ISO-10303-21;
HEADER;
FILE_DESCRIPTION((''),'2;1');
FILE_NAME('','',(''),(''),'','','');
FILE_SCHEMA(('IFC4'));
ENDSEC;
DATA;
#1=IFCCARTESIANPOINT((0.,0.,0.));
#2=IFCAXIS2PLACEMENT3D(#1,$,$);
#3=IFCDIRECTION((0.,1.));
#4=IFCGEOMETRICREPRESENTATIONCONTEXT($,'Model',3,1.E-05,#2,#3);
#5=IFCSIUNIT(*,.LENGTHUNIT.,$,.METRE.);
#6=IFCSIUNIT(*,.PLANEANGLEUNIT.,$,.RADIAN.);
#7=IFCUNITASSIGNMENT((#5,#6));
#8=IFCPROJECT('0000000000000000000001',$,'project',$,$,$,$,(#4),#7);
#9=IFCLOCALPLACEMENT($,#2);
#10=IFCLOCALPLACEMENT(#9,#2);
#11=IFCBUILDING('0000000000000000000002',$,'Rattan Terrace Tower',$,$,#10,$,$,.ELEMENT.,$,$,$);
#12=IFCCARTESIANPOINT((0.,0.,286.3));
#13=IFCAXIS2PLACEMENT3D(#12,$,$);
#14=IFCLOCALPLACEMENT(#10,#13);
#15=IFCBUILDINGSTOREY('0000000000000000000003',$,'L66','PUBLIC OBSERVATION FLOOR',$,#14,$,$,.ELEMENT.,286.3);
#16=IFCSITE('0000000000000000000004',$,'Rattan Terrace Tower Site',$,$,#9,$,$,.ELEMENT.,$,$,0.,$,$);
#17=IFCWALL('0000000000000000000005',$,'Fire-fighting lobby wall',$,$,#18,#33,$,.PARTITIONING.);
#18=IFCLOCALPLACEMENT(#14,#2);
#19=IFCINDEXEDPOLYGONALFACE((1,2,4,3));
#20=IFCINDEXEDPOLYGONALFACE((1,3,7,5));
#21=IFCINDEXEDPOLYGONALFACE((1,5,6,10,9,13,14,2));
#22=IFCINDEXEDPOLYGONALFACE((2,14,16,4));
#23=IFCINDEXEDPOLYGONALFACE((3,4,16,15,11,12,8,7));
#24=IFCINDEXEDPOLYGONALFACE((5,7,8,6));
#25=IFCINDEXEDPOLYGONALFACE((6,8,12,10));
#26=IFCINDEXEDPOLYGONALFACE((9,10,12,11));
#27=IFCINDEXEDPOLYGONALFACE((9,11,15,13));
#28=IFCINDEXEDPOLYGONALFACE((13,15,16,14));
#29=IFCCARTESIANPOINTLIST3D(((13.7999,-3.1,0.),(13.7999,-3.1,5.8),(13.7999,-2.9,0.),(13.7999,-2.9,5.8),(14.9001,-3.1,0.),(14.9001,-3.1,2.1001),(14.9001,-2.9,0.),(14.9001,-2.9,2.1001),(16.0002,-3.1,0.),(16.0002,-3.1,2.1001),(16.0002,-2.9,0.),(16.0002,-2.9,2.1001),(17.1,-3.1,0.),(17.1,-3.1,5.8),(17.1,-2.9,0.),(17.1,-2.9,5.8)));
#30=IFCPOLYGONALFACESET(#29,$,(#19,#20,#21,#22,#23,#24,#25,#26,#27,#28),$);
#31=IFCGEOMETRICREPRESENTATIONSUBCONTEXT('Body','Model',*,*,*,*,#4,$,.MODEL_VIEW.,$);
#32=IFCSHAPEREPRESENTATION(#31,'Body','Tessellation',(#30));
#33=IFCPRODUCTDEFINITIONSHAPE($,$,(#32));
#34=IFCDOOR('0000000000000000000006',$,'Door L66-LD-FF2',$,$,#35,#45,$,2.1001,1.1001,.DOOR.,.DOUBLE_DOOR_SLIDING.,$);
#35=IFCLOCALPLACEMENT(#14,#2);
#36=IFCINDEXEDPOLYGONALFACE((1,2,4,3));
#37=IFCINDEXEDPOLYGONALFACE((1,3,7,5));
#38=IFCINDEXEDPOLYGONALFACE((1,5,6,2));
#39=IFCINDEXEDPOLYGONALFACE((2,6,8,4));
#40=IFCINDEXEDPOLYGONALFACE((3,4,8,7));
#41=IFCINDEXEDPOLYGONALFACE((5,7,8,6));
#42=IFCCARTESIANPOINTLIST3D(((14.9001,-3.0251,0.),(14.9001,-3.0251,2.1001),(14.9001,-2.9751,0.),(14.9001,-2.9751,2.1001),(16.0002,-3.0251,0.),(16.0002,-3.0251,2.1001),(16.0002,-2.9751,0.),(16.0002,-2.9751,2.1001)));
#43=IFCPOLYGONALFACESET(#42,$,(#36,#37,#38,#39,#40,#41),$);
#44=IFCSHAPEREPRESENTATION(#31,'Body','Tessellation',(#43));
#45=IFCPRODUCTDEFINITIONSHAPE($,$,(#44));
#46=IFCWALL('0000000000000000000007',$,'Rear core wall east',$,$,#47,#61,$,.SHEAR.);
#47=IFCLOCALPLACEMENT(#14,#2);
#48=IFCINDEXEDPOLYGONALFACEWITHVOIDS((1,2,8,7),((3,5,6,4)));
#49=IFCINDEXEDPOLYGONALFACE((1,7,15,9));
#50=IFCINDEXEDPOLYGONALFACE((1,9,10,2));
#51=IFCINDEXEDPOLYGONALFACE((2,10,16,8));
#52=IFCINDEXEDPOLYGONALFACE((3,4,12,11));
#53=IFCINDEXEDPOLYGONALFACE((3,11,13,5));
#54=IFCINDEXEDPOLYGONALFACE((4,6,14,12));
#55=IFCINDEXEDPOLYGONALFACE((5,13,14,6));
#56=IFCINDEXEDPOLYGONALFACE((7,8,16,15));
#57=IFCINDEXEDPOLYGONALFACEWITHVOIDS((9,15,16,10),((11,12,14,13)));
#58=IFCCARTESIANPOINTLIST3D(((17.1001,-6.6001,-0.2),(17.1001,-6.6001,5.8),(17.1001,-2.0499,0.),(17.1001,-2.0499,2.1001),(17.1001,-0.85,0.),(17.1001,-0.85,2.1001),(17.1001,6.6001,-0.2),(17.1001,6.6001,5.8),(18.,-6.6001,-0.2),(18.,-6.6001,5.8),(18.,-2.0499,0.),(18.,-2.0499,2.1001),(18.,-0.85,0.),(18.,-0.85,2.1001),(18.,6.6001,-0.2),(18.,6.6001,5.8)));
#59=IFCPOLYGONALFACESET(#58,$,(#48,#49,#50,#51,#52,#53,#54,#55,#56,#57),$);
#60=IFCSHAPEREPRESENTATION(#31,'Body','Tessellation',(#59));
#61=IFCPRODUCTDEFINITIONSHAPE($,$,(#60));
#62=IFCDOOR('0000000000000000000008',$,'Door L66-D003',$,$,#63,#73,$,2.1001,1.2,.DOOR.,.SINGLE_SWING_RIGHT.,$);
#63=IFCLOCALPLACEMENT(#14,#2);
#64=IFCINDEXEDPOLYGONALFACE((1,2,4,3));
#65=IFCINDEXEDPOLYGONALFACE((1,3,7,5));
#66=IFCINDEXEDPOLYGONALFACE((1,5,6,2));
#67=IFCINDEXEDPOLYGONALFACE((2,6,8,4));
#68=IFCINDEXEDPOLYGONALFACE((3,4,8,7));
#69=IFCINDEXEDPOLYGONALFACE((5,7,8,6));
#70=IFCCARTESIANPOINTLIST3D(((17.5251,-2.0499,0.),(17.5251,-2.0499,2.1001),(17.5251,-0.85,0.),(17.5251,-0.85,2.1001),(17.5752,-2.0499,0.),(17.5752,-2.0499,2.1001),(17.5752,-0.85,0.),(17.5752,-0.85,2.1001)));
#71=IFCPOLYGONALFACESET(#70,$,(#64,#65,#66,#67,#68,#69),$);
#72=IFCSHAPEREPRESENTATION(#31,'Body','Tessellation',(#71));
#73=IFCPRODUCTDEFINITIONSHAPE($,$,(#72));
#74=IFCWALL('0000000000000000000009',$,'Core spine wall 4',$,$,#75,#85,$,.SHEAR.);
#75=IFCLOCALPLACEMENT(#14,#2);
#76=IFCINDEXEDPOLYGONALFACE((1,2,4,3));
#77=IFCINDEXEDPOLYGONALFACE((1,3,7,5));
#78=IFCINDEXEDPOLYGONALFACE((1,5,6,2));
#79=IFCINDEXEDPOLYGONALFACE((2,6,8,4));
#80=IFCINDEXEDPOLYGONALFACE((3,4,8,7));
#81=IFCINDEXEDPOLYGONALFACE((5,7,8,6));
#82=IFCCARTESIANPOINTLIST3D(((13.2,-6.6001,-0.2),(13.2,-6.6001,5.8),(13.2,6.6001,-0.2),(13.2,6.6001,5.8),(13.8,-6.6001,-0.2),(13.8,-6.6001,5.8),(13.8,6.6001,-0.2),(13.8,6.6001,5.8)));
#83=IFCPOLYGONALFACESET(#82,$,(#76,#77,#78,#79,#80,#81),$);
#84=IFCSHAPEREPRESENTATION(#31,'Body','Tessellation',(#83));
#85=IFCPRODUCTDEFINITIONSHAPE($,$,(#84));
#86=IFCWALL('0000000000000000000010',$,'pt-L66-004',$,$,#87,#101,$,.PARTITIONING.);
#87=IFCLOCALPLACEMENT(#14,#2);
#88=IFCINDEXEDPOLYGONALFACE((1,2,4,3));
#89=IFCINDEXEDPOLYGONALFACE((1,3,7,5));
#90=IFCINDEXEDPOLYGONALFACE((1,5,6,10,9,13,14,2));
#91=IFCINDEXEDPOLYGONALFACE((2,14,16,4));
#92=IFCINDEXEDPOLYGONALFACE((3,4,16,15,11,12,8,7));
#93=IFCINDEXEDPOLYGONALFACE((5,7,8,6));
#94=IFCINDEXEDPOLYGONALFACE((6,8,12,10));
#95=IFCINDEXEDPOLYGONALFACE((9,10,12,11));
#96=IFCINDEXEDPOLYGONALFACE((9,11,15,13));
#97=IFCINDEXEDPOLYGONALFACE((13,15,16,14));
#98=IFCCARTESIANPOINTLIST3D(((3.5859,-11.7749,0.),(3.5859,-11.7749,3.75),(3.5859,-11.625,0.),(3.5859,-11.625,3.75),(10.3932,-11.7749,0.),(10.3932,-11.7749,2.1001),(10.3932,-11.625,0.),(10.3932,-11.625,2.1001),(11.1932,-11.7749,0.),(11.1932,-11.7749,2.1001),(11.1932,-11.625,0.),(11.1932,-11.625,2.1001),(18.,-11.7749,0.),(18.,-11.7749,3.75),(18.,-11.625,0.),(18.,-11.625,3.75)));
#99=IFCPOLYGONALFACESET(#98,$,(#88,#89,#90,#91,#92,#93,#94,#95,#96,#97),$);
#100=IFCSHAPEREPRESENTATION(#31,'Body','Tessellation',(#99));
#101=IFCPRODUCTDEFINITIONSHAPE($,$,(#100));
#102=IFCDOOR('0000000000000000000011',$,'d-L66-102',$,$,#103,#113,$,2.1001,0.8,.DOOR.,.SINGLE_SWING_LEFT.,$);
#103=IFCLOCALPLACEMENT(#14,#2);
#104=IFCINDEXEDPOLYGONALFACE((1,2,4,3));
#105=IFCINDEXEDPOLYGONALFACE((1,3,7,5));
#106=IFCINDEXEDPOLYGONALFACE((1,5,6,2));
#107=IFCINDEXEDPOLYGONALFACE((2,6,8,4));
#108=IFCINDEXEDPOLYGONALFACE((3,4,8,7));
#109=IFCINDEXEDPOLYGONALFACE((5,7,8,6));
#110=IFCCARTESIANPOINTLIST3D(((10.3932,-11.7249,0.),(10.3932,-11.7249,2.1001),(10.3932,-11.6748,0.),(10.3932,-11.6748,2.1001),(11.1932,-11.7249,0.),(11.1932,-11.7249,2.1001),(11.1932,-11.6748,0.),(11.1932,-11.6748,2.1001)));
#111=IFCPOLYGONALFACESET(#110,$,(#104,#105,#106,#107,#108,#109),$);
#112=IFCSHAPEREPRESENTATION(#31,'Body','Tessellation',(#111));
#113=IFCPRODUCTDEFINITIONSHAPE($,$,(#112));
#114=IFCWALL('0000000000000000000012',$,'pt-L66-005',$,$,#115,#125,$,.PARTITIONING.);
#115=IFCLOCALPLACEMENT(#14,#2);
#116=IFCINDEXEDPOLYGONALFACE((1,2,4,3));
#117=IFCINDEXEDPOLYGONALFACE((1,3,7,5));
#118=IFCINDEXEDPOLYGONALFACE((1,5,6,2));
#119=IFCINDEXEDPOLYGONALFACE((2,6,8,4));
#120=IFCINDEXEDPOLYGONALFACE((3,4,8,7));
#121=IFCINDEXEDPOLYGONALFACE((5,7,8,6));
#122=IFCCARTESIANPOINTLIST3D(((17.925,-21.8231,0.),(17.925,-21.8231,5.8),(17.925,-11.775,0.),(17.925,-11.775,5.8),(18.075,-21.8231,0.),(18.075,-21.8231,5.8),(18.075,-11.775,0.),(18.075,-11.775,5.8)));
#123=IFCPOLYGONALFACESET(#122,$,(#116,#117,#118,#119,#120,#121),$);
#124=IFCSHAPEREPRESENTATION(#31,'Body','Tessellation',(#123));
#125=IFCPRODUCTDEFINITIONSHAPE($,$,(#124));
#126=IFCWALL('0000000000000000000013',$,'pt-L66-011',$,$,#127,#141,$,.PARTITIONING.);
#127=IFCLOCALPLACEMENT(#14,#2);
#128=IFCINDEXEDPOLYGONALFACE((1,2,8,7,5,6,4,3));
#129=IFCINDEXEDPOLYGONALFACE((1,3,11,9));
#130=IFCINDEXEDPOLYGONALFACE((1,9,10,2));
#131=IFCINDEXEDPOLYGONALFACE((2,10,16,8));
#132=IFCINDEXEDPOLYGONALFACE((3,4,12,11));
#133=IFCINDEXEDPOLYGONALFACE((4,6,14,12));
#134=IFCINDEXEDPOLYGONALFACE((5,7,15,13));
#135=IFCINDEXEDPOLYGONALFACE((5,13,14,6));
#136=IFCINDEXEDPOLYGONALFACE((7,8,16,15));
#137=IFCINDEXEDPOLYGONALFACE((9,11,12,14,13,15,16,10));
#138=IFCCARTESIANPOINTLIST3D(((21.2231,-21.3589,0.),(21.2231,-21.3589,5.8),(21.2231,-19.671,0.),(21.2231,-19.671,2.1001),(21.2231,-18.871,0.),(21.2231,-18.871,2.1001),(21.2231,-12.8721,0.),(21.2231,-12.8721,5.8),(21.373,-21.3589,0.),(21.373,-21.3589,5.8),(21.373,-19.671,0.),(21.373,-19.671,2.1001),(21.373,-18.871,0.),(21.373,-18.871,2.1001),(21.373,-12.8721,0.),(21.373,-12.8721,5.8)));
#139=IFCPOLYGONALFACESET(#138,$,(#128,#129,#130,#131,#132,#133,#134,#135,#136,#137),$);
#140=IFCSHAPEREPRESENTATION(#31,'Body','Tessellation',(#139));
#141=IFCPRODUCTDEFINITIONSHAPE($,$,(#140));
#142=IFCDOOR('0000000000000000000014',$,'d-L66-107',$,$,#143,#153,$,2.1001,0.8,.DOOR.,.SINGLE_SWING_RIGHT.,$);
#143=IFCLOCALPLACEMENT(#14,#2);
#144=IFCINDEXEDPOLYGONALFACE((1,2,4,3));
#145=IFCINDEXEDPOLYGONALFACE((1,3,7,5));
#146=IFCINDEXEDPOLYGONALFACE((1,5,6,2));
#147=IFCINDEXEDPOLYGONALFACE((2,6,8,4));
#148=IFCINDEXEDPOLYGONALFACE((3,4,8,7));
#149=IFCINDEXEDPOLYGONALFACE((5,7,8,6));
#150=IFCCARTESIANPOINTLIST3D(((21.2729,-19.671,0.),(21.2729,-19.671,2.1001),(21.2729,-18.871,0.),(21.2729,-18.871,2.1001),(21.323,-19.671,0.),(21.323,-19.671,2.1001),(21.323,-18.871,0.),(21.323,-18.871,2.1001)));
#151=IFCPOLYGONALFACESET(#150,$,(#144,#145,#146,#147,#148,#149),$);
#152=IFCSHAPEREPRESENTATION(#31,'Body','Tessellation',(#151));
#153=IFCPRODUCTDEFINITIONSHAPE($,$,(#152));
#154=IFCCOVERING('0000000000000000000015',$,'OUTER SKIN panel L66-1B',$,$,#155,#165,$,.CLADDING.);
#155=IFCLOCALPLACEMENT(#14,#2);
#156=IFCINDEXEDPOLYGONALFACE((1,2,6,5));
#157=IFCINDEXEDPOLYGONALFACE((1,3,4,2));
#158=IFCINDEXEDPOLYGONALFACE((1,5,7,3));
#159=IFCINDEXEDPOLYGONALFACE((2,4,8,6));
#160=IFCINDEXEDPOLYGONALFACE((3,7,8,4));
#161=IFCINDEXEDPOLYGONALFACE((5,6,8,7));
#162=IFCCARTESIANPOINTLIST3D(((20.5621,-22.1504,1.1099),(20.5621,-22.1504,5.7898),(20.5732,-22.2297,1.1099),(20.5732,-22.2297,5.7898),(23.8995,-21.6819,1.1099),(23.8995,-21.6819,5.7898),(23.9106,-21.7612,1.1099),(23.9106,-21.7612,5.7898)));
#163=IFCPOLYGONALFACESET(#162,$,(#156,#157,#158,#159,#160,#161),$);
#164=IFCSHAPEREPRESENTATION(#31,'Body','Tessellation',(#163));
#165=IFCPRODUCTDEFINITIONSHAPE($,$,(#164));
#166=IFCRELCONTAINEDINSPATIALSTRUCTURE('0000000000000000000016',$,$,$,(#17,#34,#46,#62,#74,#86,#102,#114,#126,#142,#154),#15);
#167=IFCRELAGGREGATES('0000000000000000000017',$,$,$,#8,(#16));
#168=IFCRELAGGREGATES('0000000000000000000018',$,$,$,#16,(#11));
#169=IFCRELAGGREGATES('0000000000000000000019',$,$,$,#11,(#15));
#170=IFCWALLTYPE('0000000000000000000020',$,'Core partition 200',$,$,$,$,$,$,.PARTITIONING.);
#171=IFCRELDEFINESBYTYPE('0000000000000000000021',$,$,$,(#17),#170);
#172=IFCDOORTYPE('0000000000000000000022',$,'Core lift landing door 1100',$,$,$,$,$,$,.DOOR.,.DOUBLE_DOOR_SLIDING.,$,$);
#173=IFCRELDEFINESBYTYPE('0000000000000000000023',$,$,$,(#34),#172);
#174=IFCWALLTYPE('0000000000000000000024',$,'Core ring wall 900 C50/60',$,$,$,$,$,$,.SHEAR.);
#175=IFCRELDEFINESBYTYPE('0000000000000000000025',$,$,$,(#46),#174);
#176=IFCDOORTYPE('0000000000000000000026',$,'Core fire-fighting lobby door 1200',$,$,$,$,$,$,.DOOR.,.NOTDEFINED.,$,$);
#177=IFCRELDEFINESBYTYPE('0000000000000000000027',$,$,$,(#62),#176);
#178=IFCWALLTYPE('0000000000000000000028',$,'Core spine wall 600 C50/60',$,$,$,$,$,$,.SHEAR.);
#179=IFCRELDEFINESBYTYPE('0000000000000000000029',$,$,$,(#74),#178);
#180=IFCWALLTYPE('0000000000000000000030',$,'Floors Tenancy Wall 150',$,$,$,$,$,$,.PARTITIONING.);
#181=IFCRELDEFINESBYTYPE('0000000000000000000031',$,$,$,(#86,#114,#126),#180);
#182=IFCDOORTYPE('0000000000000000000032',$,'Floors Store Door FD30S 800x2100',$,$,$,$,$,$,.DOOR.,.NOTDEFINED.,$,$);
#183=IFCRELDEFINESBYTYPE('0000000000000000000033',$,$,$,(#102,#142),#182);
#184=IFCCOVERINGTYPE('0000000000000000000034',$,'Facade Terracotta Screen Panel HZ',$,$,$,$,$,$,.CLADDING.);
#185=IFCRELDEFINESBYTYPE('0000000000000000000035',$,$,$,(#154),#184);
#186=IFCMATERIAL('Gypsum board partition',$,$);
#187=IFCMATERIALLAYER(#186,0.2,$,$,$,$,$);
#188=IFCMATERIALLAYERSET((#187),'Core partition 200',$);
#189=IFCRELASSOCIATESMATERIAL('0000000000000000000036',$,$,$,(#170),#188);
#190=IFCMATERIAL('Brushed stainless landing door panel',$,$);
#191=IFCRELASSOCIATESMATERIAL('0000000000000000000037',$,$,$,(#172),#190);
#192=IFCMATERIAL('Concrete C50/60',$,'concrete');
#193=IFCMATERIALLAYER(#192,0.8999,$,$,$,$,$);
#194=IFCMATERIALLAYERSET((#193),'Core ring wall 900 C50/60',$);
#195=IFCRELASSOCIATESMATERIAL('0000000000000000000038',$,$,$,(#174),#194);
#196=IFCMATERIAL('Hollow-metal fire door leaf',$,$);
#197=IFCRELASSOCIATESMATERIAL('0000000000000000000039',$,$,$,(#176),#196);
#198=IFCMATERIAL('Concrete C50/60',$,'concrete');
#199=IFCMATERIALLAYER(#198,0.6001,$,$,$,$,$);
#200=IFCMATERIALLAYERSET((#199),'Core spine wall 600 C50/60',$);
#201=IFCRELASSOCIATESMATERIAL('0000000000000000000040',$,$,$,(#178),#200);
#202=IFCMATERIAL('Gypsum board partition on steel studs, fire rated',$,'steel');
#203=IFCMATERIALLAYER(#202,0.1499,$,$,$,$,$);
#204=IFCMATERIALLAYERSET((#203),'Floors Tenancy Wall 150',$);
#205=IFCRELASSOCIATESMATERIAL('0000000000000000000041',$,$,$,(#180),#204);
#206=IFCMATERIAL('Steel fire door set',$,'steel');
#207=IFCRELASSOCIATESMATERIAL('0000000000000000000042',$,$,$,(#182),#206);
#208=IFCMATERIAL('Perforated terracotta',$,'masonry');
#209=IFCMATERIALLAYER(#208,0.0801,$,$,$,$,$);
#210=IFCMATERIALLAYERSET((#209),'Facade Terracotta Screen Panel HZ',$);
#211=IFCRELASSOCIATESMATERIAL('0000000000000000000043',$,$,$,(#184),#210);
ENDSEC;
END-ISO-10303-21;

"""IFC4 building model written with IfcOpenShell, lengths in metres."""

from ifc_helpers import new_model, si_unit, direction, frame, frame_2d, origin, origin_2d, place, context, subcontext, project, spatial, rectangle, extrude, material, layer, layer_set, type_object, element, fill, save


model = new_model("IFC4")

# Units and contexts
model_context = context("Model", 3, precision=1e-05, world=origin(), true_north=direction((0.0, 1.0)))
body_context = subcontext(model_context, "Body", "Model", "MODEL_VIEW")
ifc_project = project(units=[si_unit("LENGTHUNIT", "METRE"), si_unit("PLANEANGLEUNIT", "RADIAN")], contexts=[model_context])

# Site, building, storey
site_placement = place(None, origin())
site = spatial("IfcSite", under=ifc_project, at=site_placement, Name="Rattan Terrace Tower Site", CompositionType="ELEMENT", RefElevation=0.0)
building_placement = place(site_placement, origin())
building = spatial("IfcBuilding", under=site, at=building_placement, Name="Rattan Terrace Tower", CompositionType="ELEMENT")
storey_placement = place(building_placement, frame((0.0, 0.0, 286.3)))
storey = spatial("IfcBuildingStorey", under=building, at=storey_placement, Name="L66", Description="PUBLIC OBSERVATION FLOOR", CompositionType="ELEMENT", Elevation=286.3)

# Walls, openings, doors
ifc_material_1 = material(Name="Gypsum board partition")
ifc_layer_1 = layer(ifc_material_1, 0.2)
ifc_layer_set_1 = layer_set([ifc_layer_1], Name="Core partition 200")
wall_type_1 = type_object("IfcWallType", Name="Core partition 200", PredefinedType="PARTITIONING", material=ifc_layer_set_1)
wall_1_placement = place(storey_placement, frame((13.8, -3.0, 0.0), z_axis=(0.0, 0.0, 1.0), x_axis=(1.0, 0.0, 0.0)))
wall_1 = element("IfcWall", 1, at=wall_1_placement, inside=storey, type_object=wall_type_1, Name="Fire-fighting lobby wall", PredefinedType="PARTITIONING", context=body_context, shape_type="SweptSolid", body=[
    extrude(rectangle(XDim=3.3, YDim=0.2, at=frame_2d((1.6499, 0.0))), origin(), (0.0, 0.0, 1.0), 5.8),
])
opening_1_placement = place(wall_1_placement, frame((1.1001, 0.0, 0.0)))
opening_1 = element("IfcOpeningElement", 2, at=opening_1_placement, cuts=wall_1, PredefinedType="OPENING", context=body_context, shape_type="SweptSolid", body=[
    extrude(rectangle(XDim=1.1001, YDim=2.1001, at=frame_2d((0.55, 1.05))), frame((0.0, 0.1106, 0.0), z_axis=(0.0, -1.0, 0.0), x_axis=(1.0, 0.0, 0.0)), (0.0, 0.0, 1.0), 0.2209),
])
ifc_material_2 = material(Name="Brushed stainless landing door panel")
door_type_1 = type_object("IfcDoorType", Name="Core lift landing door 1100", OperationType="DOUBLE_DOOR_SLIDING", PredefinedType="DOOR", material=ifc_material_2)
door_1_placement = place(opening_1_placement, origin())
door_1 = element("IfcDoor", 3, at=door_1_placement, inside=storey, type_object=door_type_1, Name="Door L66-LD-FF2", OperationType="DOUBLE_DOOR_SLIDING", OverallHeight=2.1001, OverallWidth=1.1001, PredefinedType="DOOR", context=body_context, shape_type="SweptSolid", body=[
    extrude(rectangle(XDim=1.1001, YDim=2.1001, at=frame_2d((0.55, 1.05))), frame((0.0, 0.0249, 0.0), z_axis=(0.0, -1.0, 0.0), x_axis=(1.0, 0.0, 0.0)), (0.0, 0.0, 1.0), 0.05),
])
fill(opening_1, door_1)
ifc_material_3 = material(Name="Concrete C50/60", Category="concrete")
ifc_layer_2 = layer(ifc_material_3, 0.8999)
ifc_layer_set_2 = layer_set([ifc_layer_2], Name="Core ring wall 900 C50/60")
wall_type_2 = type_object("IfcWallType", Name="Core ring wall 900 C50/60", PredefinedType="SHEAR", material=ifc_layer_set_2)
wall_2_placement = place(storey_placement, frame((17.55, -6.6001, -0.2), z_axis=(0.0, 0.0, 1.0), x_axis=(0.0, 1.0, 0.0)))
wall_2 = element("IfcWall", 4, at=wall_2_placement, inside=storey, type_object=wall_type_2, Name="Rear core wall east", PredefinedType="SHEAR", context=body_context, shape_type="SweptSolid", body=[
    extrude(rectangle(XDim=13.2002, YDim=0.8999, at=frame_2d((6.6001, 0.0))), origin(), (0.0, 0.0, 1.0), 6.0),
])
opening_2_placement = place(wall_2_placement, frame((4.55, 0.0, 0.2)))
opening_2 = element("IfcOpeningElement", 5, at=opening_2_placement, cuts=wall_2, PredefinedType="OPENING", context=body_context, shape_type="SweptSolid", body=[
    extrude(rectangle(XDim=1.2, YDim=2.1001, at=frame_2d((0.6001, 1.05))), frame((0.0, 0.4604, 0.0), z_axis=(0.0, -1.0, 0.0), x_axis=(1.0, 0.0, 0.0)), (0.0, 0.0, 1.0), 0.9209),
])
ifc_material_4 = material(Name="Hollow-metal fire door leaf")
door_type_2 = type_object("IfcDoorType", Name="Core fire-fighting lobby door 1200", OperationType="NOTDEFINED", PredefinedType="DOOR", material=ifc_material_4)
door_2_placement = place(opening_2_placement, origin())
door_2 = element("IfcDoor", 6, at=door_2_placement, inside=storey, type_object=door_type_2, Name="Door L66-D003", OperationType="SINGLE_SWING_RIGHT", OverallHeight=2.1001, OverallWidth=1.2, PredefinedType="DOOR", context=body_context, shape_type="SweptSolid", body=[
    extrude(rectangle(XDim=1.2, YDim=2.1001, at=frame_2d((0.6001, 1.05))), frame((0.0, 0.0249, 0.0), z_axis=(0.0, -1.0, 0.0), x_axis=(1.0, 0.0, 0.0)), (0.0, 0.0, 1.0), 0.05),
])
fill(opening_2, door_2)

# Wall
ifc_material_5 = material(Name="Concrete C50/60", Category="concrete")
ifc_layer_3 = layer(ifc_material_5, 0.6001)
ifc_layer_set_3 = layer_set([ifc_layer_3], Name="Core spine wall 600 C50/60")
wall_type_3 = type_object("IfcWallType", Name="Core spine wall 600 C50/60", PredefinedType="SHEAR", material=ifc_layer_set_3)
wall_3_placement = place(storey_placement, frame((13.5, -6.6001, -0.2), z_axis=(0.0, 0.0, 1.0), x_axis=(0.0, 1.0, 0.0)))
element("IfcWall", 7, at=wall_3_placement, inside=storey, type_object=wall_type_3, Name="Core spine wall 4", PredefinedType="SHEAR", context=body_context, shape_type="SweptSolid", body=[
    extrude(rectangle(XDim=13.2002, YDim=0.6001, at=frame_2d((6.6001, 0.0))), origin(), (0.0, 0.0, 1.0), 6.0),
])

# Wall, opening, door
ifc_material_6 = material(Name="Gypsum board partition on steel studs, fire rated", Category="steel")
ifc_layer_4 = layer(ifc_material_6, 0.1499)
ifc_layer_set_4 = layer_set([ifc_layer_4], Name="Floors Tenancy Wall 150")
wall_type_4 = type_object("IfcWallType", Name="Floors Tenancy Wall 150", PredefinedType="PARTITIONING", material=ifc_layer_set_4)
wall_4_placement = place(storey_placement, frame((18.0, -11.7, 0.0), z_axis=(0.0, 0.0, 1.0), x_axis=(-1.0, 0.0, 0.0)))
wall_4 = element("IfcWall", 8, at=wall_4_placement, inside=storey, type_object=wall_type_4, Name="pt-L66-004", PredefinedType="PARTITIONING", context=body_context, shape_type="SweptSolid", body=[
    extrude(rectangle(XDim=14.4141, YDim=0.1499, at=frame_2d((7.207, 0.0))), origin(), (0.0, 0.0, 1.0), 3.75),
])
opening_3_placement = place(wall_4_placement, frame((6.8069, 0.0, 0.0)))
opening_3 = element("IfcOpeningElement", 9, at=opening_3_placement, cuts=wall_4, PredefinedType="OPENING", context=body_context, shape_type="SweptSolid", body=[
    extrude(rectangle(XDim=0.8, YDim=2.1001, at=frame_2d((0.3999, 1.05))), frame((0.0, 0.0854, 0.0), z_axis=(0.0, -1.0, 0.0), x_axis=(1.0, 0.0, 0.0)), (0.0, 0.0, 1.0), 0.1709),
])
ifc_material_7 = material(Name="Steel fire door set", Category="steel")
door_type_3 = type_object("IfcDoorType", Name="Floors Store Door FD30S 800x2100", OperationType="NOTDEFINED", PredefinedType="DOOR", material=ifc_material_7)
door_3_placement = place(opening_3_placement, origin())
door_3 = element("IfcDoor", 10, at=door_3_placement, inside=storey, type_object=door_type_3, Name="d-L66-102", OperationType="SINGLE_SWING_LEFT", OverallHeight=2.1001, OverallWidth=0.8, PredefinedType="DOOR", context=body_context, shape_type="SweptSolid", body=[
    extrude(rectangle(XDim=0.8, YDim=2.1001, at=frame_2d((0.3999, 1.05))), frame((0.0, 0.0249, 0.0), z_axis=(0.0, -1.0, 0.0), x_axis=(1.0, 0.0, 0.0)), (0.0, 0.0, 1.0), 0.05),
])
fill(opening_3, door_3)

# Wall
wall_5_placement = place(storey_placement, frame((18.0, -21.823, 0.0), z_axis=(0.0, 0.0, 1.0), x_axis=(0.0, 1.0, 0.0)))
element("IfcWall", 11, at=wall_5_placement, inside=storey, type_object=wall_type_4, Name="pt-L66-005", PredefinedType="PARTITIONING", context=body_context, shape_type="SweptSolid", body=[
    extrude(rectangle(XDim=10.0481, YDim=0.1499, at=frame_2d((5.0239, 0.0))), origin(), (0.0, 0.0, 1.0), 5.8),
])

# Wall, opening, door
wall_6_placement = place(storey_placement, frame((21.2981, -12.8721, 0.0), z_axis=(0.0, 0.0, 1.0), x_axis=(0.0, -1.0, 0.0)))
wall_6 = element("IfcWall", 12, at=wall_6_placement, inside=storey, type_object=wall_type_4, Name="pt-L66-011", PredefinedType="PARTITIONING", context=body_context, shape_type="SweptSolid", body=[
    extrude(rectangle(XDim=8.4868, YDim=0.1499, at=frame_2d((4.2434, 0.0))), origin(), (0.0, 0.0, 1.0), 5.8),
])
opening_4_placement = place(wall_6_placement, frame((5.999, 0.0, 0.0)))
opening_4 = element("IfcOpeningElement", 13, at=opening_4_placement, cuts=wall_6, PredefinedType="OPENING", context=body_context, shape_type="SweptSolid", body=[
    extrude(rectangle(XDim=0.8, YDim=2.1001, at=frame_2d((0.3999, 1.05))), frame((0.0, 0.0854, 0.0), z_axis=(0.0, -1.0, 0.0), x_axis=(1.0, 0.0, 0.0)), (0.0, 0.0, 1.0), 0.1709),
])
door_4_placement = place(opening_4_placement, origin())
door_4 = element("IfcDoor", 14, at=door_4_placement, inside=storey, type_object=door_type_3, Name="d-L66-107", OperationType="SINGLE_SWING_RIGHT", OverallHeight=2.1001, OverallWidth=0.8, PredefinedType="DOOR", context=body_context, shape_type="SweptSolid", body=[
    extrude(rectangle(XDim=0.8, YDim=2.1001, at=frame_2d((0.3999, 1.05))), frame((0.0, 0.0249, 0.0), z_axis=(0.0, -1.0, 0.0), x_axis=(1.0, 0.0, 0.0)), (0.0, 0.0, 1.0), 0.05),
])
fill(opening_4, door_4)

# Covering
ifc_material_8 = material(Name="Perforated terracotta", Category="masonry")
ifc_layer_5 = layer(ifc_material_8, 0.0801)
ifc_layer_set_5 = layer_set([ifc_layer_5], Name="Facade Terracotta Screen Panel HZ")
covering_type = type_object("IfcCoveringType", Name="Facade Terracotta Screen Panel HZ", PredefinedType="CLADDING", material=ifc_layer_set_5)
covering_placement = place(storey_placement, frame((22.2363, -21.9558, 1.1099), z_axis=(0.0, 0.0, 1.0), x_axis=(0.990293, 0.138994, 0.0)))
element("IfcCovering", 15, at=covering_placement, inside=storey, type_object=covering_type, Name="OUTER SKIN panel L66-1B", PredefinedType="CLADDING", context=body_context, shape_type="SweptSolid", body=[
    extrude(rectangle(XDim=3.3701, YDim=0.0801, at=origin_2d()), origin(), (0.0, 0.0, 1.0), 4.6799),
])

save(model, "model.ifc")
